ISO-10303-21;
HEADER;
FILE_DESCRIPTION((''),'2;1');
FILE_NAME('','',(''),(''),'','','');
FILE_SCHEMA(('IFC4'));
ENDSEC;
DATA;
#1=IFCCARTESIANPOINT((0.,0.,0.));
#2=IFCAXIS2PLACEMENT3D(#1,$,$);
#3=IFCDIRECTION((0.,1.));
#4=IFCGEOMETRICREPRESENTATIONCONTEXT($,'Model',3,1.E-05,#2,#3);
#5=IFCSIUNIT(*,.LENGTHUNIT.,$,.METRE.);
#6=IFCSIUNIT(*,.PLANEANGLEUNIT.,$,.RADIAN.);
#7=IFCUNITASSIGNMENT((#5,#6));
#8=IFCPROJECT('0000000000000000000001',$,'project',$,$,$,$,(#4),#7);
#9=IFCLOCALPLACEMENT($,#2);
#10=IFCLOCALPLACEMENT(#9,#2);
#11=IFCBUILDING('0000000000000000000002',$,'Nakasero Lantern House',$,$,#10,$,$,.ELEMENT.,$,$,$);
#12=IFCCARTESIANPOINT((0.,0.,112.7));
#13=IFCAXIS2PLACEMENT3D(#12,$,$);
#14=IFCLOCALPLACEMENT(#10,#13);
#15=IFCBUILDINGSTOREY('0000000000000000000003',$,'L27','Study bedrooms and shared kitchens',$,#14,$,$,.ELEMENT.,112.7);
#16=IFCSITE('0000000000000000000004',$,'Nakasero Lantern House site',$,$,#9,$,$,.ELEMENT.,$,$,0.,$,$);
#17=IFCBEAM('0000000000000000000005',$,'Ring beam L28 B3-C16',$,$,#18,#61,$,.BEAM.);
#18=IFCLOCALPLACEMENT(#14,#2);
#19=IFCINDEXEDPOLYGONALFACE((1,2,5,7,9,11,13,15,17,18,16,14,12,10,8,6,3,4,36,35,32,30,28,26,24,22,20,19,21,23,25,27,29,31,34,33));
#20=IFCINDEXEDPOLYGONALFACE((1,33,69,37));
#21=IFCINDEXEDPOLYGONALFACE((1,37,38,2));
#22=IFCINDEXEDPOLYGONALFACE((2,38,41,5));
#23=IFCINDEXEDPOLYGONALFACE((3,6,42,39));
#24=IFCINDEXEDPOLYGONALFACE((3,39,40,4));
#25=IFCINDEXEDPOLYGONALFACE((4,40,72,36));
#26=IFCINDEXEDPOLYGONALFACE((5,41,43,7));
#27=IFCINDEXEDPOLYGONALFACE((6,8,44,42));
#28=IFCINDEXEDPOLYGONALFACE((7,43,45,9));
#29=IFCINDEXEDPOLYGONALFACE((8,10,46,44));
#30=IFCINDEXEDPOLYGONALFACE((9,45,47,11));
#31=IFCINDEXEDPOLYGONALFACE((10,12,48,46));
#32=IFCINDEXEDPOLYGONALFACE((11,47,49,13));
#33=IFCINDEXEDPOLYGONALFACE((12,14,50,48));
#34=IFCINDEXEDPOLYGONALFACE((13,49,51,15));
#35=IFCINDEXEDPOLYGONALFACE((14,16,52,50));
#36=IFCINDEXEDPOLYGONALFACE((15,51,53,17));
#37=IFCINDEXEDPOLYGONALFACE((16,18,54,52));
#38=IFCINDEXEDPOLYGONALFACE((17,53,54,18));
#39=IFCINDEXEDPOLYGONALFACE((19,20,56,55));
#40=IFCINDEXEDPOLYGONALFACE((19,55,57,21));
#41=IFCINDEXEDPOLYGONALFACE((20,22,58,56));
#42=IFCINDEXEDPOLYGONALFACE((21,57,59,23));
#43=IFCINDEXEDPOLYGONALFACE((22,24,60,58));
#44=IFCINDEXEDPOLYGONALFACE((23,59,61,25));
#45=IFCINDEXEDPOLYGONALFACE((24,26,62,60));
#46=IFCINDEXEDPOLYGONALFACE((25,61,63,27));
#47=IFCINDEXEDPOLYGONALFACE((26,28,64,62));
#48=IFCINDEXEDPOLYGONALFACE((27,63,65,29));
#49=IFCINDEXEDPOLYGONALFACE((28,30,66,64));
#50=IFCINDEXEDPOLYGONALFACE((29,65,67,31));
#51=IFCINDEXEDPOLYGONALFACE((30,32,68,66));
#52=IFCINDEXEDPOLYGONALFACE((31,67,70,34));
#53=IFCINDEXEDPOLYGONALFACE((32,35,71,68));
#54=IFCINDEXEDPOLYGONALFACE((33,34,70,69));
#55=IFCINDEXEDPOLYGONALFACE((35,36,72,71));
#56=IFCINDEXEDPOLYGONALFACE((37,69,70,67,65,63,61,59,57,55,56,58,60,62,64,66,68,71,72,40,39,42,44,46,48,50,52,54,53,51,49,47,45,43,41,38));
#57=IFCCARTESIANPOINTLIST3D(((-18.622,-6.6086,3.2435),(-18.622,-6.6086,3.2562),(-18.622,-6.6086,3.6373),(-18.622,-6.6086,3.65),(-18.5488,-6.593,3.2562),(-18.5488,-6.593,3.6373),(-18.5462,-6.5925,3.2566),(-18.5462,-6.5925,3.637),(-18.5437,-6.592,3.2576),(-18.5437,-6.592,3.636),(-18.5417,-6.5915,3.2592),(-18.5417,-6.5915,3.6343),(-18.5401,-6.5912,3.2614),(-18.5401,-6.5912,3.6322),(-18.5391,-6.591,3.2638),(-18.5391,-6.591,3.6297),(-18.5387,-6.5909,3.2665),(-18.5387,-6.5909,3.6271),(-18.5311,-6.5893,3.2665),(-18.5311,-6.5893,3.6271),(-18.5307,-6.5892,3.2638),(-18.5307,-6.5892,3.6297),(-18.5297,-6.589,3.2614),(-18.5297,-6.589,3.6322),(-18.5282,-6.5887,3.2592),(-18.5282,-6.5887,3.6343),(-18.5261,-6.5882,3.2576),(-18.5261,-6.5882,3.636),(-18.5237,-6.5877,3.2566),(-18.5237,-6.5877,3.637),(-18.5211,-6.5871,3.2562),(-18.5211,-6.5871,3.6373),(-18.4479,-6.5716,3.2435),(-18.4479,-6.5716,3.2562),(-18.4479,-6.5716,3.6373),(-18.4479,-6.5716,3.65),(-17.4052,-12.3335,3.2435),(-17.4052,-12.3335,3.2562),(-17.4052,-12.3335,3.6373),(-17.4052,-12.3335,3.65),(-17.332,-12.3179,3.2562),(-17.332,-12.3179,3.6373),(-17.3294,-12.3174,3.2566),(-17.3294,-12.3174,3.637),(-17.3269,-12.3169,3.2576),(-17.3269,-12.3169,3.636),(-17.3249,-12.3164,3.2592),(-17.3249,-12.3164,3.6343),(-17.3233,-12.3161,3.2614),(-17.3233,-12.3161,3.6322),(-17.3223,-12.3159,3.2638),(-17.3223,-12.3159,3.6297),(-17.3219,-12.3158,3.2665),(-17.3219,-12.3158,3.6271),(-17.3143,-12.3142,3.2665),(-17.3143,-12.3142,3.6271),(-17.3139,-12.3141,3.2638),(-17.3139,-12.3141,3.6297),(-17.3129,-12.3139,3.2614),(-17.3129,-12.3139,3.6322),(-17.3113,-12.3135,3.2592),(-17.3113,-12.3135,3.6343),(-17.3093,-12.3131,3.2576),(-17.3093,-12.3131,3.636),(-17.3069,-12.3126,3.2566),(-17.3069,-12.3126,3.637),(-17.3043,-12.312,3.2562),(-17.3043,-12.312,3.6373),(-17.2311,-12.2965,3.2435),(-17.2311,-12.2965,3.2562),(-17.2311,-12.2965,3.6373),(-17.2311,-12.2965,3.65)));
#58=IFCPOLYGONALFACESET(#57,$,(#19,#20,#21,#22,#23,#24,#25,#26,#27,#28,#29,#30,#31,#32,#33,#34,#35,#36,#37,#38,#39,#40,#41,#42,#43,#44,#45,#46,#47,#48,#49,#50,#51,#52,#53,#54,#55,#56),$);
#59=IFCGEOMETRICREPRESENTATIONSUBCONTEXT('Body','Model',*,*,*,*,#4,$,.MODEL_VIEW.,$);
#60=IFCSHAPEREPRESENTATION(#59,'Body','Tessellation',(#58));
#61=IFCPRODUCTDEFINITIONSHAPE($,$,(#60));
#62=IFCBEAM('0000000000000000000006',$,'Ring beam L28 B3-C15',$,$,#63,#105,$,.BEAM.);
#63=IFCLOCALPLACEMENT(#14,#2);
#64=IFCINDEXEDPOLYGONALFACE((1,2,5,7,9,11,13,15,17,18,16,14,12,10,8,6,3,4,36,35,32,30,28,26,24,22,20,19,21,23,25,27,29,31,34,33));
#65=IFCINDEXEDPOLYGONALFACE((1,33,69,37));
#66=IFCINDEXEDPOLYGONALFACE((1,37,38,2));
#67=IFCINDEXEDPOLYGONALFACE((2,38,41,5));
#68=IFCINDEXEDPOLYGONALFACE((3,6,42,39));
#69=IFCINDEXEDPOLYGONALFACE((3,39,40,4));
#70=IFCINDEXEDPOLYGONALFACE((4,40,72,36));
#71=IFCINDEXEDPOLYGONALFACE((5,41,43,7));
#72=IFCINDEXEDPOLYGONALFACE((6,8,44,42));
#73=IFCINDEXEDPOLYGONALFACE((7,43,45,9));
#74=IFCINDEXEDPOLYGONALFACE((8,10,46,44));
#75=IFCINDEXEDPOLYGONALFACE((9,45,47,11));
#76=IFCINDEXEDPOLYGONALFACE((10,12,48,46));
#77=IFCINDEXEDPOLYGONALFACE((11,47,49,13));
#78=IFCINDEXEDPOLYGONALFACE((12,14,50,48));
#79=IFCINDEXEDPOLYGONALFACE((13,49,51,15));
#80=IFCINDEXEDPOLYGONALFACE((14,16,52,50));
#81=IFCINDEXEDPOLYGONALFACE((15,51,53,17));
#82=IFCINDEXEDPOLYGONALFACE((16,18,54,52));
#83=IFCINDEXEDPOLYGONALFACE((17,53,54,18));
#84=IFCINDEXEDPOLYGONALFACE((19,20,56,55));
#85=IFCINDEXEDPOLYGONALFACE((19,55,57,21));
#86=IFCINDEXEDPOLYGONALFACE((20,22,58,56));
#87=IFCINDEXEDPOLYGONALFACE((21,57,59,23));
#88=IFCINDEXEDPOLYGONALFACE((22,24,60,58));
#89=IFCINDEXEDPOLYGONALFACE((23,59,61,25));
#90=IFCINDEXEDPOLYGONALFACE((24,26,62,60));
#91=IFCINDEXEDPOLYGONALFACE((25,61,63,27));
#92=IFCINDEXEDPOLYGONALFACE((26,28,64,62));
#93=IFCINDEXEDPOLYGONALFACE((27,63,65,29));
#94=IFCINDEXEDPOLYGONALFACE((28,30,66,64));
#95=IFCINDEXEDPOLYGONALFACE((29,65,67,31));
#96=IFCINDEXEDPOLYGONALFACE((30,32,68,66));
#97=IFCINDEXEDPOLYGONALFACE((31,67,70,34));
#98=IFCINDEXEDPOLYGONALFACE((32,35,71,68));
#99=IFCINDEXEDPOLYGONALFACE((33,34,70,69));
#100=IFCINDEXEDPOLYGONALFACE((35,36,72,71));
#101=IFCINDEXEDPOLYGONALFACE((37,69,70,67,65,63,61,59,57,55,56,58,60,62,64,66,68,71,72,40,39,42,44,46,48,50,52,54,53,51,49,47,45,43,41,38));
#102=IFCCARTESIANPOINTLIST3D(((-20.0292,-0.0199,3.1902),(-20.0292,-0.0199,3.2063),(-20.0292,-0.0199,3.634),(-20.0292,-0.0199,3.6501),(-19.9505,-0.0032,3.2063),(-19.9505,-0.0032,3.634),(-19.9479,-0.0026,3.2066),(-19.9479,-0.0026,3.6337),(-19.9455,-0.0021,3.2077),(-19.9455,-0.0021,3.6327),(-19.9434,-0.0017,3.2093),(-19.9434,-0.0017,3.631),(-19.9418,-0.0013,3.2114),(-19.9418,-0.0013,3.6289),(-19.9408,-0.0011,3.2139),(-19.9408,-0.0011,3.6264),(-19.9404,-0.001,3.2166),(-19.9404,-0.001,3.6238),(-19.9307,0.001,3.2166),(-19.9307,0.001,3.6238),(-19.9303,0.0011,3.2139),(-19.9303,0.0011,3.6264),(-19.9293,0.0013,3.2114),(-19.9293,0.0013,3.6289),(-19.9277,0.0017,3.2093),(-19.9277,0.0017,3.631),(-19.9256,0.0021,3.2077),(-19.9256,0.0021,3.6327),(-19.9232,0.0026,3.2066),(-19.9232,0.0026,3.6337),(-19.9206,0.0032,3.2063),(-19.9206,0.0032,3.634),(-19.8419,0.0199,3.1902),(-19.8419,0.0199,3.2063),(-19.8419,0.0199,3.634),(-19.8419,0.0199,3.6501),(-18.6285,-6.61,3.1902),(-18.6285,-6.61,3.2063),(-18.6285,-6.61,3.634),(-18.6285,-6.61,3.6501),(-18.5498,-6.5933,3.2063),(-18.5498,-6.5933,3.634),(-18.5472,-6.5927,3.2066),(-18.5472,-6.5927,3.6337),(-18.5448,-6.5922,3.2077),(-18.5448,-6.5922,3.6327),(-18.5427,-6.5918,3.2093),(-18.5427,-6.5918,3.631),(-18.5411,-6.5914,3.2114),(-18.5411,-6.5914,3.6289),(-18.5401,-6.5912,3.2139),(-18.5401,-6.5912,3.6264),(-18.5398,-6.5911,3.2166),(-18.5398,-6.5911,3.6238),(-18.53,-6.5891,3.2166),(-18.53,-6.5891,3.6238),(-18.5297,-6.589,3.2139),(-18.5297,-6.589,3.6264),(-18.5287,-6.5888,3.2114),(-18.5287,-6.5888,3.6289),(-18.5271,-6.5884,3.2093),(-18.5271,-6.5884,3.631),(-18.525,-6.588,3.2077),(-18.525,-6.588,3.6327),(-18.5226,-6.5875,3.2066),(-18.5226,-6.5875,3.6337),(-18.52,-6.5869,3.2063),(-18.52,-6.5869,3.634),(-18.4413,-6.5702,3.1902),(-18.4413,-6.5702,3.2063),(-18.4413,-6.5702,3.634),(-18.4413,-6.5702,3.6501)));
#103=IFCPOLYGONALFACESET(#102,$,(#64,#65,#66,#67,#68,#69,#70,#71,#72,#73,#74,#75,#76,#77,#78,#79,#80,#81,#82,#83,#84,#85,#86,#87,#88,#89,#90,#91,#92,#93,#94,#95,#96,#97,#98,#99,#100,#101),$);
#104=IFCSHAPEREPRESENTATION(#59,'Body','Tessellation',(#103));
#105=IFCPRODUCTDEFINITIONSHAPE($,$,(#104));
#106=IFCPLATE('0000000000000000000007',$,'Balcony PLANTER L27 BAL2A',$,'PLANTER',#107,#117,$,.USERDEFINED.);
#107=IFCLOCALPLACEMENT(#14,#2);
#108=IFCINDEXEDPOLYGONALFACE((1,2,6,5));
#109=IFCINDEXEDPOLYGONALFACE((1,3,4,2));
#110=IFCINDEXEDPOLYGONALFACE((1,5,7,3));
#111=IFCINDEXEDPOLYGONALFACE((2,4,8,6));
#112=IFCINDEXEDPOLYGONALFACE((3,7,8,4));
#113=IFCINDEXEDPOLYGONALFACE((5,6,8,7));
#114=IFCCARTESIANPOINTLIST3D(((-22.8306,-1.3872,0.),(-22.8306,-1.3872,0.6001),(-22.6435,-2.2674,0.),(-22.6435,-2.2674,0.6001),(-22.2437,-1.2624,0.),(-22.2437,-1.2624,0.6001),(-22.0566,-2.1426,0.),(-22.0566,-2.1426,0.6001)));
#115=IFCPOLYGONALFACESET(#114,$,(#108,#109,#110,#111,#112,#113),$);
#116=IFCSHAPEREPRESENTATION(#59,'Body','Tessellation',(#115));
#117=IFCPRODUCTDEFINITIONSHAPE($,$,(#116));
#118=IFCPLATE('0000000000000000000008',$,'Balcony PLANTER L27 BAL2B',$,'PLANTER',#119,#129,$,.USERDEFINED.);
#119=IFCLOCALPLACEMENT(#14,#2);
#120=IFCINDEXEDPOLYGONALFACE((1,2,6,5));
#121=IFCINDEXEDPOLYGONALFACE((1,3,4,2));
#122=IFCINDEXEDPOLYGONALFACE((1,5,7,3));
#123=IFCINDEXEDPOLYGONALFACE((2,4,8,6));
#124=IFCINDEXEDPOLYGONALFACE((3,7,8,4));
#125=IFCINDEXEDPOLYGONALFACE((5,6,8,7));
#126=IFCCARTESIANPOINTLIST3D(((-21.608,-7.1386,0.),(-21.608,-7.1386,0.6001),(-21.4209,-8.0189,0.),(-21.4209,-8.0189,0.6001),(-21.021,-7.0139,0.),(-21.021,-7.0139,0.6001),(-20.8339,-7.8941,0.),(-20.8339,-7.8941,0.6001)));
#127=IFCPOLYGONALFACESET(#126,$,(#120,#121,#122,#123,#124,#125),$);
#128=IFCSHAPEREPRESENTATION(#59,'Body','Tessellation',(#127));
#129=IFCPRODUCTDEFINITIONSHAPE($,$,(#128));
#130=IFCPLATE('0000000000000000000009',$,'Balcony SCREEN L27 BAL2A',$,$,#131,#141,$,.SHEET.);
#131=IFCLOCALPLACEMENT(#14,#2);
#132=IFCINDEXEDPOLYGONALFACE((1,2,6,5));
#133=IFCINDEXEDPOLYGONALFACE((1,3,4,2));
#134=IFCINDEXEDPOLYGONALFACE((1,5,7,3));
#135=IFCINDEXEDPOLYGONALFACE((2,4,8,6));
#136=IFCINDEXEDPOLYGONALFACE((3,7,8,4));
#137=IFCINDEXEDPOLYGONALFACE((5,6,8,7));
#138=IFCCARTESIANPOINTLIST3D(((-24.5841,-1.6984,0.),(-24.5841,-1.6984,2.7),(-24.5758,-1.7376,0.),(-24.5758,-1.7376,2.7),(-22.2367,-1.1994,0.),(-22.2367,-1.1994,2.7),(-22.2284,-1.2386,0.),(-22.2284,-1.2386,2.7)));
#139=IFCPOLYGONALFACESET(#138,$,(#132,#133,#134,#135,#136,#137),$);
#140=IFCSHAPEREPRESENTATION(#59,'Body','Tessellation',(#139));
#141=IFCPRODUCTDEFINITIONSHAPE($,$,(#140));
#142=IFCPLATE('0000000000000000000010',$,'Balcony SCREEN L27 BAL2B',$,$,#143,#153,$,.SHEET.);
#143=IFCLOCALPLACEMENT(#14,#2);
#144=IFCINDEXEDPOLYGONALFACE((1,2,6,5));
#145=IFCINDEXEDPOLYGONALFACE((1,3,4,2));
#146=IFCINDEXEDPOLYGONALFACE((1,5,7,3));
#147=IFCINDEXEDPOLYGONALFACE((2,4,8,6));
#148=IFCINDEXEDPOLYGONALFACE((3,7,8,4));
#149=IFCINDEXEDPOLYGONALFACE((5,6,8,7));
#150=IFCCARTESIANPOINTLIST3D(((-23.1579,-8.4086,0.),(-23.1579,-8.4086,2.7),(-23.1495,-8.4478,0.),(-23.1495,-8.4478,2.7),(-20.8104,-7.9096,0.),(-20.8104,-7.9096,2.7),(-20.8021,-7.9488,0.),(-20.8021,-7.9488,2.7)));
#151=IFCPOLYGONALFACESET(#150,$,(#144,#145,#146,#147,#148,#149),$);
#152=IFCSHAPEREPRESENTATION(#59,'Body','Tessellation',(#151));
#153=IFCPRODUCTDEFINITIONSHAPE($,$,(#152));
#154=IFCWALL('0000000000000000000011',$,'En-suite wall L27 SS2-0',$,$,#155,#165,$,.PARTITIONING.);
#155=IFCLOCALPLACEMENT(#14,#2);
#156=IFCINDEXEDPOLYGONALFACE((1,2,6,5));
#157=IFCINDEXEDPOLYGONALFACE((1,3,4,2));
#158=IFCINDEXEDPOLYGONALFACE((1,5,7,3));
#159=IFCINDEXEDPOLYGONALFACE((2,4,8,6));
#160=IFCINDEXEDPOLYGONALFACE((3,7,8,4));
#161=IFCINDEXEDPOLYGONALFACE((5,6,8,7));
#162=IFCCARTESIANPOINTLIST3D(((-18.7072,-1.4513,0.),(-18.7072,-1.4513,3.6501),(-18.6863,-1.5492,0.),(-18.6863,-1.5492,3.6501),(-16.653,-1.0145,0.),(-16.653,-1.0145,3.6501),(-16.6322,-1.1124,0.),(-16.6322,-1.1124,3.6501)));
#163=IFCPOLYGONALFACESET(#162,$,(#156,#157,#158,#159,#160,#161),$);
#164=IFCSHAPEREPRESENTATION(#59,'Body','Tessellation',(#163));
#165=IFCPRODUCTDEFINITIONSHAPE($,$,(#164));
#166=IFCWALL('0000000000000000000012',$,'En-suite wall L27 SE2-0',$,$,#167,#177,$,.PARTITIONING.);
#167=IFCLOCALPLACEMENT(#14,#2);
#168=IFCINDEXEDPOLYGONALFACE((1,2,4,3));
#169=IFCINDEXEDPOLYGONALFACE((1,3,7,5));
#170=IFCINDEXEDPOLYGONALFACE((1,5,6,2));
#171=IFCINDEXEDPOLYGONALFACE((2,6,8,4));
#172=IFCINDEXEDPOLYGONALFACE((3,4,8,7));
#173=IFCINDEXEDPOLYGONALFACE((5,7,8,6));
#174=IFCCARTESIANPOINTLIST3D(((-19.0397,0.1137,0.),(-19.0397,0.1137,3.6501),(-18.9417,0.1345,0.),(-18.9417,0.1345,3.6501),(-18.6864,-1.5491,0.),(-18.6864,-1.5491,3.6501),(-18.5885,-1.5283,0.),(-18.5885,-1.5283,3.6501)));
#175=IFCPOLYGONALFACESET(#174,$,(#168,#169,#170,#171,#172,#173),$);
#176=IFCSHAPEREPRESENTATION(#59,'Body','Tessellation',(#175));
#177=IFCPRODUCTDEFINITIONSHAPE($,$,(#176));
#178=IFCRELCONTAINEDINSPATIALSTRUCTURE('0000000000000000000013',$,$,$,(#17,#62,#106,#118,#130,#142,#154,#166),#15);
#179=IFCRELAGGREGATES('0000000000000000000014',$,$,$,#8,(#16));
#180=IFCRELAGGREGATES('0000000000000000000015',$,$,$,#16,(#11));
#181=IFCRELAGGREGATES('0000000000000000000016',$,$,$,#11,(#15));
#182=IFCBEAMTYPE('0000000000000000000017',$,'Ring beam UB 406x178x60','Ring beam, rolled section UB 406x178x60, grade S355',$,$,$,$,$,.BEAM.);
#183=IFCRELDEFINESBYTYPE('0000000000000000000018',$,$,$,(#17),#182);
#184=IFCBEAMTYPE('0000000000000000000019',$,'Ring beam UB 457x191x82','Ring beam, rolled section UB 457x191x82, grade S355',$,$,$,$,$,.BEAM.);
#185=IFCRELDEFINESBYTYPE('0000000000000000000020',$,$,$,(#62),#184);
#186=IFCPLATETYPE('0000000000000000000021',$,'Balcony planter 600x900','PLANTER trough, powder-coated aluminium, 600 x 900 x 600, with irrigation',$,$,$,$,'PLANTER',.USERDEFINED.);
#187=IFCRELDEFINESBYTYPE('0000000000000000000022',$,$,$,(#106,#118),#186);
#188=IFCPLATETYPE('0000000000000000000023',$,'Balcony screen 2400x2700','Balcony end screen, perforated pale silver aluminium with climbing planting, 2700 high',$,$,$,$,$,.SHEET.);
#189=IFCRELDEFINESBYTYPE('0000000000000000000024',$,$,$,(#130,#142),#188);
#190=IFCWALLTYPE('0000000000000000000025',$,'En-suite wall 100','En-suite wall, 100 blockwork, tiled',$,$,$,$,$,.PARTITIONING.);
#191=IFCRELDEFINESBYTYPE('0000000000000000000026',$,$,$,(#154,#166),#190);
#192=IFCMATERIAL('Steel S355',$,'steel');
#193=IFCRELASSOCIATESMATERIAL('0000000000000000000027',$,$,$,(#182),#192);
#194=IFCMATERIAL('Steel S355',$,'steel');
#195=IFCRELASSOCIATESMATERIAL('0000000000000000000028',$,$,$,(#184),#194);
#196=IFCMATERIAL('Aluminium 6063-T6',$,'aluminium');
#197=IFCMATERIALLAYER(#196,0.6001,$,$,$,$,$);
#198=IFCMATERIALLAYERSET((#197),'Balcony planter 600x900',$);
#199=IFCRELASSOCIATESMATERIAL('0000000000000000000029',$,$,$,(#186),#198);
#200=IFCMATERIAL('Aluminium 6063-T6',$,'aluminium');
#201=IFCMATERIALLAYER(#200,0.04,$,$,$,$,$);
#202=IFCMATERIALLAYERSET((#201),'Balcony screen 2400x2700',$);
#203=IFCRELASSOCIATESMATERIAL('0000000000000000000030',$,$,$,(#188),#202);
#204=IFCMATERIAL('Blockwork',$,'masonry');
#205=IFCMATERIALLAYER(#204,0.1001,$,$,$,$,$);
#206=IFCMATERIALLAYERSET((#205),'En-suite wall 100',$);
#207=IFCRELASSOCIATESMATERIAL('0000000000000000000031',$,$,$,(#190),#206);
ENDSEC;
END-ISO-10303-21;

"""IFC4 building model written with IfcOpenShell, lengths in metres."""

from ifc_helpers import new_model, si_unit, direction, frame, frame_2d, origin, origin_2d, place, context, subcontext, project, spatial, rectangle, i_section, extrude, material, layer, layer_set, material_profile, profile_set, type_object, element, save


model = new_model("IFC4")

# Units and contexts
model_context = context("Model", 3, precision=1e-05, world=origin(), true_north=direction((0.0, 1.0)))
body_context = subcontext(model_context, "Body", "Model", "MODEL_VIEW")
ifc_project = project(units=[si_unit("LENGTHUNIT", "METRE"), si_unit("PLANEANGLEUNIT", "RADIAN")], contexts=[model_context])

# Site, building, storey
site_placement = place(None, origin())
site = spatial("IfcSite", under=ifc_project, at=site_placement, Name="Nakasero Lantern House site", CompositionType="ELEMENT", RefElevation=0.0)
building_placement = place(site_placement, origin())
building = spatial("IfcBuilding", under=site, at=building_placement, Name="Nakasero Lantern House", CompositionType="ELEMENT")
storey_placement = place(building_placement, frame((0.0, 0.0, 112.7)))
storey = spatial("IfcBuildingStorey", under=building, at=storey_placement, Name="L27", Description="Study bedrooms and shared kitchens", CompositionType="ELEMENT", Elevation=112.7)

# Beams
ifc_material_1 = material(Name="Steel S355", Category="steel")
ifc_material_profile_1 = material_profile(ifc_material_1, i_section(OverallWidth=0.178, OverallDepth=0.4065, WebThickness=0.0078, FlangeThickness=0.0127, FilletRadius=0.0103, at=origin_2d()), Name="UB 406x178x60")
ifc_profile_set_1 = profile_set([ifc_material_profile_1], Name="Steel S355")
beam_type_1 = type_object("IfcBeamType", Name="Ring beam UB 406x178x60", Description="Ring beam, rolled section UB 406x178x60, grade S355", PredefinedType="BEAM", material=ifc_profile_set_1)
beam_1_placement = place(storey_placement, frame((-18.5349, -6.5901, 3.4468), z_axis=(0.207902, -0.97815, 0.0), x_axis=(0.97815, 0.207902, 0.0)))
element("IfcBeam", 1, at=beam_1_placement, inside=storey, type_object=beam_type_1, Name="Ring beam L28 B3-C16", PredefinedType="BEAM", context=body_context, shape_type="SweptSolid", body=[
    extrude(i_section(OverallWidth=0.178, OverallDepth=0.4065, WebThickness=0.0078, FlangeThickness=0.0127, FilletRadius=0.0103, at=origin_2d()), origin(), (0.0, 0.0, 1.0), 5.8528),
])
ifc_material_2 = material(Name="Steel S355", Category="steel")
ifc_material_profile_2 = material_profile(ifc_material_2, i_section(OverallWidth=0.1914, OverallDepth=0.46, WebThickness=0.01, FlangeThickness=0.0161, FilletRadius=0.0103, at=origin_2d()), Name="UB 457x191x82")
ifc_profile_set_2 = profile_set([ifc_material_profile_2], Name="Steel S355")
beam_type_2 = type_object("IfcBeamType", Name="Ring beam UB 457x191x82", Description="Ring beam, rolled section UB 457x191x82, grade S355", PredefinedType="BEAM", material=ifc_profile_set_2)
beam_2_placement = place(storey_placement, frame((-19.9355, 0.0, 3.4202), z_axis=(0.207893, -0.978152, 0.0), x_axis=(0.978152, 0.207893, 0.0)))
element("IfcBeam", 2, at=beam_2_placement, inside=storey, type_object=beam_type_2, Name="Ring beam L28 B3-C15", PredefinedType="BEAM", context=body_context, shape_type="SweptSolid", body=[
    extrude(i_section(OverallWidth=0.1914, OverallDepth=0.46, WebThickness=0.01, FlangeThickness=0.0161, FilletRadius=0.0103, at=origin_2d()), origin(), (0.0, 0.0, 1.0), 6.7373),
])

# Plates
ifc_material_3 = material(Name="Aluminium 6063-T6", Category="aluminium")
ifc_layer_1 = layer(ifc_material_3, 0.6001)
ifc_layer_set_1 = layer_set([ifc_layer_1], Name="Balcony planter 600x900")
plate_type_1 = type_object("IfcPlateType", Name="Balcony planter 600x900", Description="PLANTER trough, powder-coated aluminium, 600 x 900 x 600, with irrigation", ElementType="PLANTER", PredefinedType="USERDEFINED", material=ifc_layer_set_1)
for number, where, z_axis, x_axis, name in (
    (3, (-22.4436, -1.7649, 0.0), (0.0, 0.0, 1.0), (-0.978148, -0.207912, 0.0), "Balcony PLANTER L27 BAL2A"),
    (4, (-21.2209, -7.5164, 0.0), (0.0, 0.0, 1.0), (-0.978148, -0.207912, 0.0), "Balcony PLANTER L27 BAL2B"),
):
    element("IfcPlate", number, at=place(storey_placement, frame(where, z_axis=z_axis, x_axis=x_axis)), inside=storey, type_object=plate_type_1, Name=name, ObjectType="PLANTER", PredefinedType="USERDEFINED", context=body_context, shape_type="SweptSolid", body=[
        extrude(rectangle(XDim=0.6001, YDim=0.8999, at=origin_2d()), origin(), (0.0, 0.0, 1.0), 0.6001),
    ])
ifc_material_4 = material(Name="Aluminium 6063-T6", Category="aluminium")
ifc_layer_2 = layer(ifc_material_4, 0.04)
ifc_layer_set_2 = layer_set([ifc_layer_2], Name="Balcony screen 2400x2700")
plate_type_2 = type_object("IfcPlateType", Name="Balcony screen 2400x2700", Description="Balcony end screen, perforated pale silver aluminium with climbing planting, 2700 high", PredefinedType="SHEET", material=ifc_layer_set_2)
for number, where, z_axis, x_axis, name in (
    (5, (-23.4062, -1.4685, 0.0), (0.0, 0.0, 1.0), (-0.978148, -0.207912, 0.0), "Balcony SCREEN L27 BAL2A"),
    (6, (-21.98, -8.1787, 0.0), (0.0, 0.0, 1.0), (-0.978148, -0.207912, 0.0), "Balcony SCREEN L27 BAL2B"),
):
    element("IfcPlate", number, at=place(storey_placement, frame(where, z_axis=z_axis, x_axis=x_axis)), inside=storey, type_object=plate_type_2, Name=name, PredefinedType="SHEET", context=body_context, shape_type="SweptSolid", body=[
        extrude(rectangle(XDim=2.3999, YDim=0.04, at=origin_2d()), origin(), (0.0, 0.0, 1.0), 2.7),
    ])

# Walls
ifc_material_5 = material(Name="Blockwork", Category="masonry")
ifc_layer_3 = layer(ifc_material_5, 0.1001)
ifc_layer_set_3 = layer_set([ifc_layer_3], Name="En-suite wall 100")
wall_type_1 = type_object("IfcWallType", Name="En-suite wall 100", Description="En-suite wall, 100 blockwork, tiled", PredefinedType="PARTITIONING", material=ifc_layer_set_3)
wall_1_placement = place(storey_placement, frame((-16.6426, -1.0635, 0.0), z_axis=(0.0, 0.0, 1.0), x_axis=(-0.978135, -0.207973, 0.0)))
element("IfcWall", 7, at=wall_1_placement, inside=storey, type_object=wall_type_1, Name="En-suite wall L27 SS2-0", PredefinedType="PARTITIONING", context=body_context, shape_type="SweptSolid", body=[
    extrude(rectangle(XDim=2.1001, YDim=0.1001, at=frame_2d((1.05, 0.0))), origin(), (0.0, 0.0, 1.0), 3.6501),
])
wall_2_placement = place(storey_placement, frame((-18.9907, 0.1243, 0.0), z_axis=(0.0, 0.0, 1.0), x_axis=(0.207812, -0.978169, 0.0)))
element("IfcWall", 8, at=wall_2_placement, inside=storey, type_object=wall_type_1, Name="En-suite wall L27 SE2-0", PredefinedType="PARTITIONING", context=body_context, shape_type="SweptSolid", body=[
    extrude(rectangle(XDim=1.7, YDim=0.1001, at=frame_2d((0.8501, 0.0))), origin(), (0.0, 0.0, 1.0), 3.6501),
])

save(model, "model.ifc")
